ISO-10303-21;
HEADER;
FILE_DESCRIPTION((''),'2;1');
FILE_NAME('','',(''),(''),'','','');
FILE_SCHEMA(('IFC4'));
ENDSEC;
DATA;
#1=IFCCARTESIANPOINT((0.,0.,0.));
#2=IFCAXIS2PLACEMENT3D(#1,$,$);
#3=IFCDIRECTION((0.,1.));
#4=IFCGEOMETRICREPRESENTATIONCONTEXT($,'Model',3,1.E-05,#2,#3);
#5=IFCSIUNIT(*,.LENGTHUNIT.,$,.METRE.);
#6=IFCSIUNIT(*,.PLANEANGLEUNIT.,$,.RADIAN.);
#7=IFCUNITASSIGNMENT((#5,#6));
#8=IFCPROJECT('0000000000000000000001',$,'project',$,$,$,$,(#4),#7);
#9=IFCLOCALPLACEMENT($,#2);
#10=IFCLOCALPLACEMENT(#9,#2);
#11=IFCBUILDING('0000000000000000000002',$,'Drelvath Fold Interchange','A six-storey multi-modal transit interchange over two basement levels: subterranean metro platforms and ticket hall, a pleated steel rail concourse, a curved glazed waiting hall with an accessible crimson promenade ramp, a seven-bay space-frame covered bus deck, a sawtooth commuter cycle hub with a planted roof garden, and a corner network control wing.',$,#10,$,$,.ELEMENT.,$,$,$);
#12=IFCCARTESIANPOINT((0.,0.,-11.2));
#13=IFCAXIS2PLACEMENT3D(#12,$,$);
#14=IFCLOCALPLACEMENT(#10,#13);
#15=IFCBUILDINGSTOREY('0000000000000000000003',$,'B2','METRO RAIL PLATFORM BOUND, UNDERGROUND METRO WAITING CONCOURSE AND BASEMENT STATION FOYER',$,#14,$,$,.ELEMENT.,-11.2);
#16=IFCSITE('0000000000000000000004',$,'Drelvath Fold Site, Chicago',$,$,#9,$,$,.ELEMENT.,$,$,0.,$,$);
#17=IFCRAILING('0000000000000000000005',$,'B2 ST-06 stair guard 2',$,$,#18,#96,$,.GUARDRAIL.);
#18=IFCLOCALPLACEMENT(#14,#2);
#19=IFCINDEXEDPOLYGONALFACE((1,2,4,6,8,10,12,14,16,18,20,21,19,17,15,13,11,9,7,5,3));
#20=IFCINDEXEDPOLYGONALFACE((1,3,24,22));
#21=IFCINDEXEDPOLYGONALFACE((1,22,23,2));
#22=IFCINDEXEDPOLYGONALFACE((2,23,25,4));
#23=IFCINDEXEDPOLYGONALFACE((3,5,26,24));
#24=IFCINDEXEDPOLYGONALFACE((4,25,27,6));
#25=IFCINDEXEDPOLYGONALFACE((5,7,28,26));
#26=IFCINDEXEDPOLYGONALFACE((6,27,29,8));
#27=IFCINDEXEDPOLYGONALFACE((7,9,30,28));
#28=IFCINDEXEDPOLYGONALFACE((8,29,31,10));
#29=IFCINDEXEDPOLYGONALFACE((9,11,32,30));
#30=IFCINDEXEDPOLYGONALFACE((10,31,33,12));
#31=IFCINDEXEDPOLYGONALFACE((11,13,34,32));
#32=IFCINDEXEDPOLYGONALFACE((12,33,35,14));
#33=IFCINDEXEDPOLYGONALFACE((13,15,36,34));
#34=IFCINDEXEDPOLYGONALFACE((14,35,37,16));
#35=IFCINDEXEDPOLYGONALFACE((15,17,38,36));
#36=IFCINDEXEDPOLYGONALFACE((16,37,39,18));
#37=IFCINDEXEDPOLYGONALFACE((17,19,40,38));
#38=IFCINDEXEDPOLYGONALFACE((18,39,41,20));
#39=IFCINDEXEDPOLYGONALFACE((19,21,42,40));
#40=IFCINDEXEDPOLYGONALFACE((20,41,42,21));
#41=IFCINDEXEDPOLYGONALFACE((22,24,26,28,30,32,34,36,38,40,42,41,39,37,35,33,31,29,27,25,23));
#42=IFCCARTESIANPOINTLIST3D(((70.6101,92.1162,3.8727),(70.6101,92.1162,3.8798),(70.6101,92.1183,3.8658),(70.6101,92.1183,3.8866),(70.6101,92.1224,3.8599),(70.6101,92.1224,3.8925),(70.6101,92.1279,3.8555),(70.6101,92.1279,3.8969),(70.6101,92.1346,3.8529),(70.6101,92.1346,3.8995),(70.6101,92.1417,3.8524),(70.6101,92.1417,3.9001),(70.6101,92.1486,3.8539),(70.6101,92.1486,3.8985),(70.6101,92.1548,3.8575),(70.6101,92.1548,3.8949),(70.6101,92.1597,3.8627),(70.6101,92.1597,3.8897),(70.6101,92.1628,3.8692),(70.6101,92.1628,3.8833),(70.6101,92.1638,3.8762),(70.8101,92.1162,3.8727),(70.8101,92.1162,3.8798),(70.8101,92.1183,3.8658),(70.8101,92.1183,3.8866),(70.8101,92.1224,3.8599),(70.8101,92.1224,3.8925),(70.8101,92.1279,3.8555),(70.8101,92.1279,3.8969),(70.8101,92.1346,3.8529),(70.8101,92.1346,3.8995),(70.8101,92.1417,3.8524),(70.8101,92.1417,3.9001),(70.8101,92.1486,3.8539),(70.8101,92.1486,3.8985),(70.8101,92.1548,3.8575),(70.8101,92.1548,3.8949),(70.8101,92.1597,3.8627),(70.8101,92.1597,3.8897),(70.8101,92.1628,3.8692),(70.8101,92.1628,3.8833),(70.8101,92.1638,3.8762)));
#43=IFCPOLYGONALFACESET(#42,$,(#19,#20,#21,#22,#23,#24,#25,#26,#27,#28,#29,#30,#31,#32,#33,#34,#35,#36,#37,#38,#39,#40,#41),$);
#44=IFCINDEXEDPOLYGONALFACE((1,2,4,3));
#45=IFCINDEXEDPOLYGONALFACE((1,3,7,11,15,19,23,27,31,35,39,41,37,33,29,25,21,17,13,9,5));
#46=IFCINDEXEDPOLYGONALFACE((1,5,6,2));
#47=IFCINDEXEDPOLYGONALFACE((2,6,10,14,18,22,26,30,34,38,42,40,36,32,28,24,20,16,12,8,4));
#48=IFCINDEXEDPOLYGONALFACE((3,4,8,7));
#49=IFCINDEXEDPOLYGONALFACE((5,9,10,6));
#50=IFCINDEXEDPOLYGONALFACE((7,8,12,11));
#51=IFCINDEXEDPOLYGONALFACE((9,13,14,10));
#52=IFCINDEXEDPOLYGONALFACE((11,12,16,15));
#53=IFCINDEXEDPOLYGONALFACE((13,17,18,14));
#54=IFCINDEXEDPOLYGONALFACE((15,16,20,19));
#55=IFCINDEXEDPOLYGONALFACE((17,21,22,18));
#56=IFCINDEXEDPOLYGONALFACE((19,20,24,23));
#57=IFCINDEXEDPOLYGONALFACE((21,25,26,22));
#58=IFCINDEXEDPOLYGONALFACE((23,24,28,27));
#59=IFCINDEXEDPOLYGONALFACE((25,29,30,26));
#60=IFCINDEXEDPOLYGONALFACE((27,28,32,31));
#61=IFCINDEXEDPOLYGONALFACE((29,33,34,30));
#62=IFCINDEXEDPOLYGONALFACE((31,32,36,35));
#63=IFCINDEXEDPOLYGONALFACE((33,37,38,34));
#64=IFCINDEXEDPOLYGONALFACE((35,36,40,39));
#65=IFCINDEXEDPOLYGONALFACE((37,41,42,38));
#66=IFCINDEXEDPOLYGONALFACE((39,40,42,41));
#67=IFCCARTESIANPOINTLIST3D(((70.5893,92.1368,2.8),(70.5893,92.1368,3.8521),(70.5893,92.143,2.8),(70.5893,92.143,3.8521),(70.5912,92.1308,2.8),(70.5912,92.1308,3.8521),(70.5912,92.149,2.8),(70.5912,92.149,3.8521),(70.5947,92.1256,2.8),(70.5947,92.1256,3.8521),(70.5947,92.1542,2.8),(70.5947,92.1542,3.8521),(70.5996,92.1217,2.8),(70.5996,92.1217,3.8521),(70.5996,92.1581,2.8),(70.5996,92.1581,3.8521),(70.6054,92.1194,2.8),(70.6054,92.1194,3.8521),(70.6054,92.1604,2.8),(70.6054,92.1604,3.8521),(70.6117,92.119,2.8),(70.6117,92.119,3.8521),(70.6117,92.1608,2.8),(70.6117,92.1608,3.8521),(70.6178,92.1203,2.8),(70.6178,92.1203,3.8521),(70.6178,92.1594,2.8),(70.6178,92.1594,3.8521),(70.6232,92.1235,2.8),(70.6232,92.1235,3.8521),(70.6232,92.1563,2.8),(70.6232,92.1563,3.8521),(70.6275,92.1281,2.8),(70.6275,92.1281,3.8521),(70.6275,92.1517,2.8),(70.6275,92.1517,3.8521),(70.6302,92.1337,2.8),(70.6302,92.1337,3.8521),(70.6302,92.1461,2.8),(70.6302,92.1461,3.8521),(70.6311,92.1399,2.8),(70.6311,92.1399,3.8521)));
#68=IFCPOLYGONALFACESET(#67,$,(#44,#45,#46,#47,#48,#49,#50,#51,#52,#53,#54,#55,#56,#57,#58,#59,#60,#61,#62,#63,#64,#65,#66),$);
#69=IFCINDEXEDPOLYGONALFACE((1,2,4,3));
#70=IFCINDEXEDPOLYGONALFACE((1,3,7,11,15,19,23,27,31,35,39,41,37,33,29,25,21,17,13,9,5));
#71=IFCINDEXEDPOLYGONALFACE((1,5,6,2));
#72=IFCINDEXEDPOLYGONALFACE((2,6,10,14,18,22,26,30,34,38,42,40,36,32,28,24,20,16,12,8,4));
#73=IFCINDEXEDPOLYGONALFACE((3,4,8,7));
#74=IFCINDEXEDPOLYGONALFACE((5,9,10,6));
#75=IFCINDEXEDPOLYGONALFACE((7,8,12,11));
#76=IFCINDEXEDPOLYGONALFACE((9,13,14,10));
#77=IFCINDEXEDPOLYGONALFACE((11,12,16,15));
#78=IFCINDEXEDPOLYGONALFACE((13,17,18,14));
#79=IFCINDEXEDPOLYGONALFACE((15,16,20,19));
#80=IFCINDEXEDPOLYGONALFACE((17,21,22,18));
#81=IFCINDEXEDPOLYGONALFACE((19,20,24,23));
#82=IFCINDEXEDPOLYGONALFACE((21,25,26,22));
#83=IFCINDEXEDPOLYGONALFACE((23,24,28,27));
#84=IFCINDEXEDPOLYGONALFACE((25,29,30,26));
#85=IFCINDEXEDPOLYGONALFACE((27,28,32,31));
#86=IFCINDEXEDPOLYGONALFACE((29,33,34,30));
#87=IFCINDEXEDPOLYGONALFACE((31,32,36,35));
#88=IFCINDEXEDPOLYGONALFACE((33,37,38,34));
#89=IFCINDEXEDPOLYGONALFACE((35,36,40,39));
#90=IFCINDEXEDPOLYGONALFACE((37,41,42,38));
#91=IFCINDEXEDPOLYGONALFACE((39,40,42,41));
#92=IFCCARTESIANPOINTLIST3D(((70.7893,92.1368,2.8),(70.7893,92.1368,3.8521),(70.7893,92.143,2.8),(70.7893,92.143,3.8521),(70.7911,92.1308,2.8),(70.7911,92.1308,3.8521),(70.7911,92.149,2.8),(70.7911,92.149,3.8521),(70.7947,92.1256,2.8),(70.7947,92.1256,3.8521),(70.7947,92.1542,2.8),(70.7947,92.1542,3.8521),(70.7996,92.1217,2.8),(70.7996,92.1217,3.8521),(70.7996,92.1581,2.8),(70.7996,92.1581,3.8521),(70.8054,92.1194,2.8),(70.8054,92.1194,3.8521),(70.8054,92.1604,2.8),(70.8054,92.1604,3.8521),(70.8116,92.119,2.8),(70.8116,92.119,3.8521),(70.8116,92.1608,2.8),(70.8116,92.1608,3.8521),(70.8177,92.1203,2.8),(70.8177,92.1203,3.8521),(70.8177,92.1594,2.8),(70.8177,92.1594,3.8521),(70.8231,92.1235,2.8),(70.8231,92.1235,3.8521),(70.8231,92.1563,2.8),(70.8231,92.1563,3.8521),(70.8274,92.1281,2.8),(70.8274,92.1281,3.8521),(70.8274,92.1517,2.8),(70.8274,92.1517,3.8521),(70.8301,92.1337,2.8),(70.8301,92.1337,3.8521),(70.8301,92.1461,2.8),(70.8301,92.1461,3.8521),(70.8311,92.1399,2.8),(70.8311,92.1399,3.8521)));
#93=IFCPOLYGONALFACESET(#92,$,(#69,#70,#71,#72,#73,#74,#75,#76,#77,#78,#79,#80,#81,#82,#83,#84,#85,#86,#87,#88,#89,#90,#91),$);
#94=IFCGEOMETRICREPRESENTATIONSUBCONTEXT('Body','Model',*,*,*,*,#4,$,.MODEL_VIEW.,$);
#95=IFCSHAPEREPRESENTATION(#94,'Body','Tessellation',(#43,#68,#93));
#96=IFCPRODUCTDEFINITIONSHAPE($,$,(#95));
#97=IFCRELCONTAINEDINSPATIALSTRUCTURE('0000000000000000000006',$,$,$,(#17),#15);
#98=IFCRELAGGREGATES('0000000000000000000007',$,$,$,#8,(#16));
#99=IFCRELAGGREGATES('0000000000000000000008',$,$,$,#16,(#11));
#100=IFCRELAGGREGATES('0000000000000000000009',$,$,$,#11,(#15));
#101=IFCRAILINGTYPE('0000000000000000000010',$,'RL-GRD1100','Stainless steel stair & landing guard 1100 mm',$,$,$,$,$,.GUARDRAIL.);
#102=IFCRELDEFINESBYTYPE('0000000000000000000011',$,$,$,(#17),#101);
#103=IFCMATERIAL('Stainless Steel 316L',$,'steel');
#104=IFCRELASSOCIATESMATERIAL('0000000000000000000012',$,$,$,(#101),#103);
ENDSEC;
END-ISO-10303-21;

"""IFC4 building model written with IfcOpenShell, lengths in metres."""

from ifc_helpers import new_model, si_unit, direction, frame, origin, origin_2d, place, context, subcontext, project, spatial, circle, extrude, material, type_object, element, save


model = new_model("IFC4")

# Units and contexts
model_context = context("Model", 3, precision=1e-05, world=origin(), true_north=direction((0.0, 1.0)))
body_context = subcontext(model_context, "Body", "Model", "MODEL_VIEW")
ifc_project = project(units=[si_unit("LENGTHUNIT", "METRE"), si_unit("PLANEANGLEUNIT", "RADIAN")], contexts=[model_context])

# Site, building, storey
site_placement = place(None, origin())
site = spatial("IfcSite", under=ifc_project, at=site_placement, Name="Drelvath Fold Site, Chicago", CompositionType="ELEMENT", RefElevation=0.0)
building_placement = place(site_placement, origin())
building = spatial("IfcBuilding", under=site, at=building_placement, Name="Drelvath Fold Interchange", Description="A six-storey multi-modal transit interchange over two basement levels: subterranean metro platforms and ticket hall, a pleated steel rail concourse, a curved glazed waiting hall with an accessible crimson promenade ramp, a seven-bay space-frame covered bus deck, a sawtooth commuter cycle hub with a planted roof garden, and a corner network control wing.", CompositionType="ELEMENT")
storey_placement = place(building_placement, frame((0.0, 0.0, -11.2)))
storey = spatial("IfcBuildingStorey", under=building, at=storey_placement, Name="B2", Description="METRO RAIL PLATFORM BOUND, UNDERGROUND METRO WAITING CONCOURSE AND BASEMENT STATION FOYER", CompositionType="ELEMENT", Elevation=-11.2)

# Railing
ifc_material_1 = material(Name="Stainless Steel 316L", Category="steel")
railing_type_1 = type_object("IfcRailingType", Name="RL-GRD1100", Description="Stainless steel stair & landing guard 1100 mm", PredefinedType="GUARDRAIL", material=ifc_material_1)
railing_1_placement = place(storey_placement, frame((70.6101, 92.1399, 2.8)))
element("IfcRailing", 1, at=railing_1_placement, inside=storey, type_object=railing_type_1, Name="B2 ST-06 stair guard 2", PredefinedType="GUARDRAIL", context=body_context, shape_type="SweptSolid", body=[
    extrude(circle(Radius=0.0239, at=origin_2d()), frame((0.0, 0.0, 1.0762), z_axis=(1.0, 0.0, 0.0), x_axis=(0.0, 1.0, 0.0)), (0.0, 0.0, 1.0), 0.2),
    extrude(circle(Radius=0.021, at=origin_2d()), origin(), (0.0, 0.0, 1.0), 1.052),
    extrude(circle(Radius=0.021, at=origin_2d()), frame((0.2, 0.0, 0.0)), (0.0, 0.0, 1.0), 1.052),
])

save(model, "model.ifc")
